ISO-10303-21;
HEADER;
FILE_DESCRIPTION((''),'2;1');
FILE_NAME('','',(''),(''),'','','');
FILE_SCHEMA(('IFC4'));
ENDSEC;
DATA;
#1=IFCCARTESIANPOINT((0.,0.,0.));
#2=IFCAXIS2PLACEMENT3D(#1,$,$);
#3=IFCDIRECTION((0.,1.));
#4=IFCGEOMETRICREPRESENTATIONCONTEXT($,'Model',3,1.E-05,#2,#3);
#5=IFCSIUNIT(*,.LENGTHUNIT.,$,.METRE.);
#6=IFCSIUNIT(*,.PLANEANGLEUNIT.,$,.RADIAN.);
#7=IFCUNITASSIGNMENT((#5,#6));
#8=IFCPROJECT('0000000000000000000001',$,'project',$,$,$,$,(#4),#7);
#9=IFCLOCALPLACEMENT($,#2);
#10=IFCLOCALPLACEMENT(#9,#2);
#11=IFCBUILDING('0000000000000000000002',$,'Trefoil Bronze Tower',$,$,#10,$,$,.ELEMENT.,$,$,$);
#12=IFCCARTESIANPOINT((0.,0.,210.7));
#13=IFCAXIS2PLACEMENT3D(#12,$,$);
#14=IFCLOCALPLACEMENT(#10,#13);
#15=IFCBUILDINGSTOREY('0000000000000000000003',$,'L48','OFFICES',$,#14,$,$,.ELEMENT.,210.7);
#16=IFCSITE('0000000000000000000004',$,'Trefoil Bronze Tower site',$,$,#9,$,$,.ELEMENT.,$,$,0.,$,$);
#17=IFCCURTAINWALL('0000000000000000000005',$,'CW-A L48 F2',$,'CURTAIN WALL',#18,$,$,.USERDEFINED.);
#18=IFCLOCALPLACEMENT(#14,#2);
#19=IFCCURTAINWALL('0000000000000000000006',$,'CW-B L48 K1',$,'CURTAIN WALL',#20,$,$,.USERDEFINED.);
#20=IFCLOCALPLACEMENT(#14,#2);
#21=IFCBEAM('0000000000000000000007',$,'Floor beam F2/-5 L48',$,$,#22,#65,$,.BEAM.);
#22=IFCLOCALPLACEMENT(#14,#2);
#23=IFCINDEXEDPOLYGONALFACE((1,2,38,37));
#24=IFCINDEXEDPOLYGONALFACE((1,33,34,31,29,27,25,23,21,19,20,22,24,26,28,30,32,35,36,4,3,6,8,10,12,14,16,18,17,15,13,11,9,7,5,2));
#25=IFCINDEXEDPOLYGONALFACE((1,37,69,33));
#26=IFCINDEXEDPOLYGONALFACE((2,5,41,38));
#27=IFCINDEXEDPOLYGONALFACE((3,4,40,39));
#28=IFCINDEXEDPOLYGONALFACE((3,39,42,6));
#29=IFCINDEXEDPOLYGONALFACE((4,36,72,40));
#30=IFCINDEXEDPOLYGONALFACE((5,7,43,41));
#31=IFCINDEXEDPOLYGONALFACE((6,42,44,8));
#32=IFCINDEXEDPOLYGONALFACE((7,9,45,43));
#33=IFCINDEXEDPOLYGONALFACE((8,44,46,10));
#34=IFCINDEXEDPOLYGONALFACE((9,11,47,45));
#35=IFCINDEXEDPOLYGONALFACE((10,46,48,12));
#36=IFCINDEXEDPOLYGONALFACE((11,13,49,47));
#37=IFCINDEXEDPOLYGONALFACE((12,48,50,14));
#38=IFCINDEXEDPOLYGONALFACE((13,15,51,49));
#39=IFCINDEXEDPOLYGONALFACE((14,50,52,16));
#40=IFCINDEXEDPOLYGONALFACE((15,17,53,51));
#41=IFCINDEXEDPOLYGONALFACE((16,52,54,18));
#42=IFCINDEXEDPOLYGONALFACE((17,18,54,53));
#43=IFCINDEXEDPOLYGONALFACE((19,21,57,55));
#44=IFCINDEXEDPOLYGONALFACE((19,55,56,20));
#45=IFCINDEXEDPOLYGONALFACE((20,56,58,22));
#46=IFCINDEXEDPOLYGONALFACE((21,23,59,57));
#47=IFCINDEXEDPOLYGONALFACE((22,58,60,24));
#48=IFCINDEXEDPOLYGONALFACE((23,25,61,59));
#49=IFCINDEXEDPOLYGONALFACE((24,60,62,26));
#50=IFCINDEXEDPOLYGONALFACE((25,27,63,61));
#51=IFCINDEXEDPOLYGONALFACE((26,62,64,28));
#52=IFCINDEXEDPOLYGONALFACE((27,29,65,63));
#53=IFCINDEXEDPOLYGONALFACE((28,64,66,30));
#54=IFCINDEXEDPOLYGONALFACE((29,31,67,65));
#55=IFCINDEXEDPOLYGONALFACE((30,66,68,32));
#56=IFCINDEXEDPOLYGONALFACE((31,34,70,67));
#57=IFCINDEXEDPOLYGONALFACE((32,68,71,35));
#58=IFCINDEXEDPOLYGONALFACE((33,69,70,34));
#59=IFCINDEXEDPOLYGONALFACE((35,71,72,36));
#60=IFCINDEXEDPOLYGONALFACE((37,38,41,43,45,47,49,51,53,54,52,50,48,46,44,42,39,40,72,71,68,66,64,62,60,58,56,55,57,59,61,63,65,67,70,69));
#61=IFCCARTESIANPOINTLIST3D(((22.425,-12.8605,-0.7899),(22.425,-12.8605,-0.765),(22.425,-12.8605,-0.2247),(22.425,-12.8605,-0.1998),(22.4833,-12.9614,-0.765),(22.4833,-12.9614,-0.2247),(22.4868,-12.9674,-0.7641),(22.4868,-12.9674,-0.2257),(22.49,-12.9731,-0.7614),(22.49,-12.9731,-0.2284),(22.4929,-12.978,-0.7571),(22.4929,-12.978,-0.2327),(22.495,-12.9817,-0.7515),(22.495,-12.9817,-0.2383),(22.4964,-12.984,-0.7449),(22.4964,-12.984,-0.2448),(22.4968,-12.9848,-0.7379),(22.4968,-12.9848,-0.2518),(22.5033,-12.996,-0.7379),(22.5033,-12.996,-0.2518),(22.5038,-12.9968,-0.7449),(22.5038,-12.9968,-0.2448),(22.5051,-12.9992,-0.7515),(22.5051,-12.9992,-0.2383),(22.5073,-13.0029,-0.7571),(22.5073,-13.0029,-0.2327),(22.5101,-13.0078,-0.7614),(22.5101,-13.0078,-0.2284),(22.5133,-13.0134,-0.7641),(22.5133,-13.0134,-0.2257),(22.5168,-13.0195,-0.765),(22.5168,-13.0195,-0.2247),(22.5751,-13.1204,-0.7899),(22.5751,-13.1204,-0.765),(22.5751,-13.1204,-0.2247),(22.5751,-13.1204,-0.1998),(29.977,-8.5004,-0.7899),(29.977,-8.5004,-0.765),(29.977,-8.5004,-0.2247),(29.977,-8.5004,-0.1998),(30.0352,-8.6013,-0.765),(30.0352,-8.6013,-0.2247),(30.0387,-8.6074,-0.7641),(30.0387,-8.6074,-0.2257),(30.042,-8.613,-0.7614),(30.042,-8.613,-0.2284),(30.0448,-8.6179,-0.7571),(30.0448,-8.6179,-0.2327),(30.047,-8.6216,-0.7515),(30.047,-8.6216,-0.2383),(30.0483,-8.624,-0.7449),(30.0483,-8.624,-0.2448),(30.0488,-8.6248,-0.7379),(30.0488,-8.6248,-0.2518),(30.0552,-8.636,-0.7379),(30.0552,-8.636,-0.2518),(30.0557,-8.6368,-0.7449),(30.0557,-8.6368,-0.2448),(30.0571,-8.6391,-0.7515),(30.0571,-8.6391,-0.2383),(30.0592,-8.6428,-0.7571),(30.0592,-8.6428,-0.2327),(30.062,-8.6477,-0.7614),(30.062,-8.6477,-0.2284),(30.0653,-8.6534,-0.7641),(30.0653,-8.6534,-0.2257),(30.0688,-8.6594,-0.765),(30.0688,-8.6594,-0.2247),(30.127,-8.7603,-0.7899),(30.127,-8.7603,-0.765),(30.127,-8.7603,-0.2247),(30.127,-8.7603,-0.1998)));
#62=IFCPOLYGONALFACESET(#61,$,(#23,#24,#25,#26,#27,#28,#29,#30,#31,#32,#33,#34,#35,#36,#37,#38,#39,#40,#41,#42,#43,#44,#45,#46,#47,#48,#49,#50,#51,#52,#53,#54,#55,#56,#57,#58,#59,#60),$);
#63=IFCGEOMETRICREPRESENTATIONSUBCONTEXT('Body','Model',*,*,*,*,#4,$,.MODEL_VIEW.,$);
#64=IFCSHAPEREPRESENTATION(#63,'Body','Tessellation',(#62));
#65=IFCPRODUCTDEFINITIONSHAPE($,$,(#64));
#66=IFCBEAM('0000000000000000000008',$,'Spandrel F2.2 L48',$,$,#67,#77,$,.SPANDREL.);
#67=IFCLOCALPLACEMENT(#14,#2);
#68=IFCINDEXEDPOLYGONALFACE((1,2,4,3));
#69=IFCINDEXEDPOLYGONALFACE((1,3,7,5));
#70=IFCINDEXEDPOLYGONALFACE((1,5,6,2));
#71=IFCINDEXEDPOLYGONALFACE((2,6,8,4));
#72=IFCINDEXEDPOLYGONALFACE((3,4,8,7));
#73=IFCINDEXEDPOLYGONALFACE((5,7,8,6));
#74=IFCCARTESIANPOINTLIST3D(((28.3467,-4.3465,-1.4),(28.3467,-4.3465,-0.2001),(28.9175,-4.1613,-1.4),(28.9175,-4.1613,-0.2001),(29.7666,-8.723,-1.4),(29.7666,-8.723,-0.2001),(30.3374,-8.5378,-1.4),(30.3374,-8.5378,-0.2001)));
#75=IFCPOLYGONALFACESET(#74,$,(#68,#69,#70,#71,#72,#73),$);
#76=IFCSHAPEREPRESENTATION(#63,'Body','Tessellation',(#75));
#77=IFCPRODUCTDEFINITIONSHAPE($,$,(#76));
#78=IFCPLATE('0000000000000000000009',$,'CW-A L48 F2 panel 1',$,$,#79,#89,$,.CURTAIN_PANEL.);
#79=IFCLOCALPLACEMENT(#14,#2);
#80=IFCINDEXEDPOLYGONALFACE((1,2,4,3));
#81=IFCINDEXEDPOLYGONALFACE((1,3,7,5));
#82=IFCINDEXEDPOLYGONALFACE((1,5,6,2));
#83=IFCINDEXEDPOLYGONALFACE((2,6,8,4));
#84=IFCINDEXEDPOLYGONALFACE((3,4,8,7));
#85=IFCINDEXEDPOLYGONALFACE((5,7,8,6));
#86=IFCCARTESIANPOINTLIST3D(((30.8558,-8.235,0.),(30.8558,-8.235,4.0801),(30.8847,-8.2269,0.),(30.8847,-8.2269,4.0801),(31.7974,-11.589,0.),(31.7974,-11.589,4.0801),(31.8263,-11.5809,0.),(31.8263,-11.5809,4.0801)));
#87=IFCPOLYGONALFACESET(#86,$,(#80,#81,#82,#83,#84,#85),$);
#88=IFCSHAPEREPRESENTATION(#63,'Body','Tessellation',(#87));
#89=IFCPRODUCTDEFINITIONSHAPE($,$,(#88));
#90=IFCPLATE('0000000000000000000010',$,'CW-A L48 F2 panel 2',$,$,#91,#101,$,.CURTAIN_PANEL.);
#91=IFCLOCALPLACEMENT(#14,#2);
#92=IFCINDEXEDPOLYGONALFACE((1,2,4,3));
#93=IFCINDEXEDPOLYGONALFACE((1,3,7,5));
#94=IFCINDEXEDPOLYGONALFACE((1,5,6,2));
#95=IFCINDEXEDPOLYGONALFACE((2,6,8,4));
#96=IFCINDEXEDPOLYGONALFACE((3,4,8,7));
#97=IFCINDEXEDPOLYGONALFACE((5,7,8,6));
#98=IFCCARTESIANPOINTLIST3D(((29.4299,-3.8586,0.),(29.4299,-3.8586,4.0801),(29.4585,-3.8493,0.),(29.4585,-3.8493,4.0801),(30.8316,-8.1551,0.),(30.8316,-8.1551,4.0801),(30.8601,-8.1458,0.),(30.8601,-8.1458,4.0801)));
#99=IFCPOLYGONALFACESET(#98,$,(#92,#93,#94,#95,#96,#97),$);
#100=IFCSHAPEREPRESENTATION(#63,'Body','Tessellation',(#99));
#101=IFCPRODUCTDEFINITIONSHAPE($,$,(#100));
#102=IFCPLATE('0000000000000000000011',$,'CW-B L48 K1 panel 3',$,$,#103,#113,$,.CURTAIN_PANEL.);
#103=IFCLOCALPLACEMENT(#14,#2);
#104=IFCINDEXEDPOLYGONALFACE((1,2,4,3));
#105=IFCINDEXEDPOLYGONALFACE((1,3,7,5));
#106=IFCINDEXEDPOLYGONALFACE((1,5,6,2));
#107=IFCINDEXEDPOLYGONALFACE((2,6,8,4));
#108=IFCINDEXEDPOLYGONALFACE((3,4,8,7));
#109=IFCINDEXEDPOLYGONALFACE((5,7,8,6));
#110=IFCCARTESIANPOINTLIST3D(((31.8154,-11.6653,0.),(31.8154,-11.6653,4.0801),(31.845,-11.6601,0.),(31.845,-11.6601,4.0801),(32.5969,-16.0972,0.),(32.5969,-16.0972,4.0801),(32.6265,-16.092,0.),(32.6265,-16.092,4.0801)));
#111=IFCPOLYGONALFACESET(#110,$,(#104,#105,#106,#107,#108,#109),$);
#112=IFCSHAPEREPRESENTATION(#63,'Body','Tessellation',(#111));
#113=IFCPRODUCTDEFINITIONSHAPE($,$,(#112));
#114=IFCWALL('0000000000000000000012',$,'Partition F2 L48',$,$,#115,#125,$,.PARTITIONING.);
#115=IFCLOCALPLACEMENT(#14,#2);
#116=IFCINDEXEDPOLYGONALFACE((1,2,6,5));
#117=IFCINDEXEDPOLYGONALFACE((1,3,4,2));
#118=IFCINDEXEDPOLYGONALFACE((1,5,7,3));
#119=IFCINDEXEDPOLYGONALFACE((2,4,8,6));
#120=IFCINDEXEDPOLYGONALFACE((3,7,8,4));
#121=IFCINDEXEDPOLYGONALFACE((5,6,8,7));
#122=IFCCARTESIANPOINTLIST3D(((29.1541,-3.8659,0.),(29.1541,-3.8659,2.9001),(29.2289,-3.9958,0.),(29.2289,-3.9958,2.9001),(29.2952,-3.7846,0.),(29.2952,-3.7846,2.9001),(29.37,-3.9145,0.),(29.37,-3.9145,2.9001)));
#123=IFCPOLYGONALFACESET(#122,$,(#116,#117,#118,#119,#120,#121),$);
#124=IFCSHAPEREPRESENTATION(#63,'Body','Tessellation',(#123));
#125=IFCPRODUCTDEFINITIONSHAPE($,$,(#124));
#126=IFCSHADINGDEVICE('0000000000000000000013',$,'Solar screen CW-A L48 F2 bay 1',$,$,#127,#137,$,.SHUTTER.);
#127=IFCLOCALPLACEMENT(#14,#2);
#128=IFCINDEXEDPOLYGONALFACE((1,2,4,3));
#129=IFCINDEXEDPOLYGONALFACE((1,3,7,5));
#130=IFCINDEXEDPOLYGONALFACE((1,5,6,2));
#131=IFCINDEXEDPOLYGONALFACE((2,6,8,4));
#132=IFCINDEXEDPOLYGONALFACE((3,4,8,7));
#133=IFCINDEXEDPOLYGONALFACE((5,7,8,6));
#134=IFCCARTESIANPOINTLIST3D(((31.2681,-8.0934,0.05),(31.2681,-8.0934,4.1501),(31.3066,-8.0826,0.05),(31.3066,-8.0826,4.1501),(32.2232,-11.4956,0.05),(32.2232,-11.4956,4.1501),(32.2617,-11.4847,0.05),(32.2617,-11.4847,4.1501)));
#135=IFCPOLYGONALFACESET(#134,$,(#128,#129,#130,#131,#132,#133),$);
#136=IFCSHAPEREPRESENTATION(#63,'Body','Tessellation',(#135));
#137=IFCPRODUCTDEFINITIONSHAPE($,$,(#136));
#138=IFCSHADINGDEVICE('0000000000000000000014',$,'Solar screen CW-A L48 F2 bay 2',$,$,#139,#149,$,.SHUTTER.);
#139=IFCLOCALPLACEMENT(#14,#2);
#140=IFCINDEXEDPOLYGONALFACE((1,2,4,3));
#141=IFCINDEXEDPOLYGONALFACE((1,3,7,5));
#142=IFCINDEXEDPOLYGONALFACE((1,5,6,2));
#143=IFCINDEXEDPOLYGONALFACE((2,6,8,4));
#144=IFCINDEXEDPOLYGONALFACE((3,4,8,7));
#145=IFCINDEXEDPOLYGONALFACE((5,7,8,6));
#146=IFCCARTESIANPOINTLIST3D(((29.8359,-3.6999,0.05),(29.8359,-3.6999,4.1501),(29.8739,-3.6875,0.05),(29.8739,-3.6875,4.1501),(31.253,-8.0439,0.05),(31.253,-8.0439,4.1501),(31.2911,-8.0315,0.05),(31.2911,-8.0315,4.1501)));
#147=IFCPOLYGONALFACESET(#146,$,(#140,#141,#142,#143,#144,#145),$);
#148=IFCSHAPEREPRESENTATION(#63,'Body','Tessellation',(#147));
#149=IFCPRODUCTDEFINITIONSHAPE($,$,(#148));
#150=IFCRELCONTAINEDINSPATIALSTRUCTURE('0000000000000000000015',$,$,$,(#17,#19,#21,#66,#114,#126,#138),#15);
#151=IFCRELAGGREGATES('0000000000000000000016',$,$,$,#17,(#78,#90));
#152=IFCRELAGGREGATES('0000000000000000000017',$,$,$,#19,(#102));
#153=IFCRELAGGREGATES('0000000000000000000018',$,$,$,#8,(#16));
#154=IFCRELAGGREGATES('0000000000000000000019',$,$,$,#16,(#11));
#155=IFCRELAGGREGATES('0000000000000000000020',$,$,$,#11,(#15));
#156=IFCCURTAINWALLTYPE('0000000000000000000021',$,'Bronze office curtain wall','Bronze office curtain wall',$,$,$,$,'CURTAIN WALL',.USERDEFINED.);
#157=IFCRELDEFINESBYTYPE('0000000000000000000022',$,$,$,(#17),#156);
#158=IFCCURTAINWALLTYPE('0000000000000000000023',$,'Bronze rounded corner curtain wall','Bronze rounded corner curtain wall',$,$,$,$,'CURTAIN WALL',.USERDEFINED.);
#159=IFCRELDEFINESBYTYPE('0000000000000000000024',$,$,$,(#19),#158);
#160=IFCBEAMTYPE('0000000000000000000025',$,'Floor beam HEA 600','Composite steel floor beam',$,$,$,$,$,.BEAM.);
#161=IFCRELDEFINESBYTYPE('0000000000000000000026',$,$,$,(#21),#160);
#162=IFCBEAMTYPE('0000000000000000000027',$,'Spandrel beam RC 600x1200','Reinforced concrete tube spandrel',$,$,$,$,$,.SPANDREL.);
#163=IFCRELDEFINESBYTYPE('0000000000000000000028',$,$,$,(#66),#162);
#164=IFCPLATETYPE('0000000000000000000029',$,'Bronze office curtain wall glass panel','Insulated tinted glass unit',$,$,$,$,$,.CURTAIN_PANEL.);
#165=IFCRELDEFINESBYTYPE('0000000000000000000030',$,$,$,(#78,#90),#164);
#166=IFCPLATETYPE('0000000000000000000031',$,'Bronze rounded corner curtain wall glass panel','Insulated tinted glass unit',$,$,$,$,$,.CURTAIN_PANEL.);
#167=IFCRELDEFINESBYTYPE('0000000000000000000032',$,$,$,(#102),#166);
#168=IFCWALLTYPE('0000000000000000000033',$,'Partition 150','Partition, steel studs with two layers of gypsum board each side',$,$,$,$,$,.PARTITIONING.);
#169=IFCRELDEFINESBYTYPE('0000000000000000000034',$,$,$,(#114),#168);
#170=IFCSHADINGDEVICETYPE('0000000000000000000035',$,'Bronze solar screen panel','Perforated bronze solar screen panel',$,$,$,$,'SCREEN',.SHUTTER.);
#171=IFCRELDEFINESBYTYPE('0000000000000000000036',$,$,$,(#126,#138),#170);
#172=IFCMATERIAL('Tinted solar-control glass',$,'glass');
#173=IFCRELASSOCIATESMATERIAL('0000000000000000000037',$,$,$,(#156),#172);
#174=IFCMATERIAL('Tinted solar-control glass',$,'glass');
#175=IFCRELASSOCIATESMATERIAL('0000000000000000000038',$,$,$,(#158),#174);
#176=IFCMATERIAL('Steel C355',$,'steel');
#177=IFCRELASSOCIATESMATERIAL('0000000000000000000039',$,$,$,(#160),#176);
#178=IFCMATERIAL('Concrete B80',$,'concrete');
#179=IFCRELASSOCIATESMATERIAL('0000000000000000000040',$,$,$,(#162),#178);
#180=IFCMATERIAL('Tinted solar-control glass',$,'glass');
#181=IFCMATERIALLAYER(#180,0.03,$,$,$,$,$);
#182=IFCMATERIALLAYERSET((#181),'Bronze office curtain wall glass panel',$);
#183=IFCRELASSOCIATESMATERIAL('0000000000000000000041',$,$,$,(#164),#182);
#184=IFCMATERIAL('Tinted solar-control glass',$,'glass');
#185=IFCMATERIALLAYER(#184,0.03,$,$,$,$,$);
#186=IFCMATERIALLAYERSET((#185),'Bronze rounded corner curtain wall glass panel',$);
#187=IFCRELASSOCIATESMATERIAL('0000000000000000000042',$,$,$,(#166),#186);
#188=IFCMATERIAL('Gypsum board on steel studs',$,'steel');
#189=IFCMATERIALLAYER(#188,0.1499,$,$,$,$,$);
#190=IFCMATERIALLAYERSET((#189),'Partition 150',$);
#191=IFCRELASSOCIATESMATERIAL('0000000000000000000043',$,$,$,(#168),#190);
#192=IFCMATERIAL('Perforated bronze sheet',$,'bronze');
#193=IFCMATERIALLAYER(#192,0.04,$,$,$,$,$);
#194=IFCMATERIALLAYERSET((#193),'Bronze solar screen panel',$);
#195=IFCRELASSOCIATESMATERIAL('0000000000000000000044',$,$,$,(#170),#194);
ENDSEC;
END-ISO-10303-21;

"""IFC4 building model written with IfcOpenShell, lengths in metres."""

from ifc_helpers import new_model, si_unit, direction, frame, frame_2d, origin, origin_2d, place, context, subcontext, project, spatial, rectangle, i_section, extrude, material, layer, layer_set, material_profile, profile_set, type_object, element, aggregate, save


model = new_model("IFC4")

# Units and contexts
model_context = context("Model", 3, precision=1e-05, world=origin(), true_north=direction((0.0, 1.0)))
body_context = subcontext(model_context, "Body", "Model", "MODEL_VIEW")
ifc_project = project(units=[si_unit("LENGTHUNIT", "METRE"), si_unit("PLANEANGLEUNIT", "RADIAN")], contexts=[model_context])

# Site, building, storey
site_placement = place(None, origin())
site = spatial("IfcSite", under=ifc_project, at=site_placement, Name="Trefoil Bronze Tower site", CompositionType="ELEMENT", RefElevation=0.0)
building_placement = place(site_placement, origin())
building = spatial("IfcBuilding", under=site, at=building_placement, Name="Trefoil Bronze Tower", CompositionType="ELEMENT")
storey_placement = place(building_placement, frame((0.0, 0.0, 210.7)))
storey = spatial("IfcBuildingStorey", under=building, at=storey_placement, Name="L48", Description="OFFICES", CompositionType="ELEMENT", Elevation=210.7)

# Curtain wall
ifc_material_1 = material(Name="Tinted solar-control glass", Category="glass")
curtain_wall_type_1 = type_object("IfcCurtainWallType", Name="Bronze office curtain wall", Description="Bronze office curtain wall", ElementType="CURTAIN WALL", PredefinedType="USERDEFINED", material=ifc_material_1)
curtain_wall_1_placement = place(storey_placement, origin())
curtain_wall_1 = element("IfcCurtainWall", 1, at=curtain_wall_1_placement, inside=storey, type_object=curtain_wall_type_1, Name="CW-A L48 F2", ObjectType="CURTAIN WALL", PredefinedType="USERDEFINED")

# Curtain wall
ifc_material_2 = material(Name="Tinted solar-control glass", Category="glass")
curtain_wall_type_2 = type_object("IfcCurtainWallType", Name="Bronze rounded corner curtain wall", Description="Bronze rounded corner curtain wall", ElementType="CURTAIN WALL", PredefinedType="USERDEFINED", material=ifc_material_2)
curtain_wall_2_placement = place(storey_placement, origin())
curtain_wall_2 = element("IfcCurtainWall", 2, at=curtain_wall_2_placement, inside=storey, type_object=curtain_wall_type_2, Name="CW-B L48 K1", ObjectType="CURTAIN WALL", PredefinedType="USERDEFINED")

# Beams
ifc_material_3 = material(Name="Steel C355", Category="steel")
ifc_material_profile_1 = material_profile(ifc_material_3, i_section(OverallWidth=0.3, OverallDepth=0.5901, WebThickness=0.0129, FlangeThickness=0.0249, FilletRadius=0.0271, at=origin_2d()), Name="HEA 600")
ifc_profile_set_1 = profile_set([ifc_material_profile_1], Name="Steel C355")
beam_type_1 = type_object("IfcBeamType", Name="Floor beam HEA 600", Description="Composite steel floor beam", PredefinedType="BEAM", material=ifc_profile_set_1)
beam_1_placement = place(storey_placement, frame((30.052, -8.6304, -0.4949), z_axis=(-0.866028, -0.499996, 0.0), x_axis=(0.499996, -0.866028, 0.0)))
element("IfcBeam", 3, at=beam_1_placement, inside=storey, type_object=beam_type_1, Name="Floor beam F2/-5 L48", PredefinedType="BEAM", context=body_context, shape_type="SweptSolid", body=[
    extrude(i_section(OverallWidth=0.3, OverallDepth=0.5901, WebThickness=0.0129, FlangeThickness=0.0249, FilletRadius=0.0271, at=origin_2d()), origin(), (0.0, 0.0, 1.0), 8.7202),
])
ifc_material_4 = material(Name="Concrete B80", Category="concrete")
ifc_material_profile_2 = material_profile(ifc_material_4, rectangle(XDim=0.6001, YDim=1.2, at=origin_2d()), Name="RC 600x1200")
ifc_profile_set_2 = profile_set([ifc_material_profile_2], Name="Concrete B80")
beam_type_2 = type_object("IfcBeamType", Name="Spandrel beam RC 600x1200", Description="Reinforced concrete tube spandrel", PredefinedType="SPANDREL", material=ifc_profile_set_2)
beam_2_placement = place(storey_placement, frame((30.052, -8.6304, -0.8), z_axis=(-0.308609, 0.951189, 0.0), x_axis=(-0.951189, -0.308609, 0.0)))
element("IfcBeam", 4, at=beam_2_placement, inside=storey, type_object=beam_type_2, Name="Spandrel F2.2 L48", PredefinedType="SPANDREL", context=body_context, shape_type="SweptSolid", body=[
    extrude(rectangle(XDim=0.6001, YDim=1.2, at=origin_2d()), origin(), (0.0, 0.0, 1.0), 4.6011),
])

# Plates
ifc_material_5 = material(Name="Tinted solar-control glass", Category="glass")
ifc_layer_1 = layer(ifc_material_5, 0.03)
ifc_layer_set_1 = layer_set([ifc_layer_1], Name="Bronze office curtain wall glass panel")
plate_type_1 = type_object("IfcPlateType", Name="Bronze office curtain wall glass panel", Description="Insulated tinted glass unit", PredefinedType="CURTAIN_PANEL", material=ifc_layer_set_1)
plate_1_placement = place(storey_placement, frame((31.3411, -9.908, 0.0), z_axis=(0.0, 0.0, 1.0), x_axis=(-0.270282, 0.962781, 0.0)))
plate_1 = element("IfcPlate", 5, at=plate_1_placement, type_object=plate_type_1, Name="CW-A L48 F2 panel 1", PredefinedType="CURTAIN_PANEL", context=body_context, shape_type="SweptSolid", body=[
    extrude(rectangle(XDim=3.4836, YDim=0.03, at=origin_2d()), origin(), (0.0, 0.0, 1.0), 4.0801),
])
plate_2_placement = place(storey_placement, frame((30.145, -6.0022, 0.0), z_axis=(0.0, 0.0, 1.0), x_axis=(-0.310149, 0.950688, 0.0)))
plate_2 = element("IfcPlate", 6, at=plate_2_placement, type_object=plate_type_1, Name="CW-A L48 F2 panel 2", PredefinedType="CURTAIN_PANEL", context=body_context, shape_type="SweptSolid", body=[
    extrude(rectangle(XDim=4.5193, YDim=0.03, at=origin_2d()), origin(), (0.0, 0.0, 1.0), 4.0801),
])
aggregate(curtain_wall_1, [plate_1, plate_2])
ifc_material_6 = material(Name="Tinted solar-control glass", Category="glass")
ifc_layer_2 = layer(ifc_material_6, 0.03)
ifc_layer_set_2 = layer_set([ifc_layer_2], Name="Bronze rounded corner curtain wall glass panel")
plate_type_2 = type_object("IfcPlateType", Name="Bronze rounded corner curtain wall glass panel", Description="Insulated tinted glass unit", PredefinedType="CURTAIN_PANEL", material=ifc_layer_set_2)
plate_3_placement = place(storey_placement, frame((32.2209, -13.8787, 0.0), z_axis=(0.0, 0.0, 1.0), x_axis=(-0.173648, 0.984808, 0.0)))
plate_3 = element("IfcPlate", 7, at=plate_3_placement, type_object=plate_type_2, Name="CW-B L48 K1 panel 3", PredefinedType="CURTAIN_PANEL", context=body_context, shape_type="SweptSolid", body=[
    extrude(rectangle(XDim=4.5002, YDim=0.03, at=origin_2d()), origin(), (0.0, 0.0, 1.0), 4.0801),
])
aggregate(curtain_wall_2, [plate_3])

# Wall
ifc_material_7 = material(Name="Gypsum board on steel studs", Category="steel")
ifc_layer_3 = layer(ifc_material_7, 0.1499)
ifc_layer_set_3 = layer_set([ifc_layer_3], Name="Partition 150")
wall_type = type_object("IfcWallType", Name="Partition 150", Description="Partition, steel studs with two layers of gypsum board each side", PredefinedType="PARTITIONING", material=ifc_layer_set_3)
wall_placement = place(storey_placement, frame((29.1914, -3.9309, 0.0), z_axis=(0.0, 0.0, 1.0), x_axis=(0.866485, 0.499203, 0.0)))
element("IfcWall", 8, at=wall_placement, inside=storey, type_object=wall_type, Name="Partition F2 L48", PredefinedType="PARTITIONING", context=body_context, shape_type="SweptSolid", body=[
    extrude(rectangle(XDim=0.1628, YDim=0.1499, at=frame_2d((0.0815, 0.0))), origin(), (0.0, 0.0, 1.0), 2.9001),
])

# Shading devices
ifc_material_8 = material(Name="Perforated bronze sheet", Category="bronze")
ifc_layer_4 = layer(ifc_material_8, 0.04)
ifc_layer_set_4 = layer_set([ifc_layer_4], Name="Bronze solar screen panel")
shading_device_type = type_object("IfcShadingDeviceType", Name="Bronze solar screen panel", Description="Perforated bronze solar screen panel", ElementType="SCREEN", PredefinedType="SHUTTER", material=ifc_layer_set_4)
shading_device_1_placement = place(storey_placement, frame((31.7649, -9.7891, 0.05), z_axis=(0.0, 0.0, 1.0), x_axis=(-0.270282, 0.962781, 0.0)))
element("IfcShadingDevice", 9, at=shading_device_1_placement, inside=storey, type_object=shading_device_type, Name="Solar screen CW-A L48 F2 bay 1", PredefinedType="SHUTTER", context=body_context, shape_type="SweptSolid", body=[
    extrude(rectangle(XDim=3.5337, YDim=0.04, at=origin_2d()), origin(), (0.0, 0.0, 1.0), 4.1001),
])
shading_device_2_placement = place(storey_placement, frame((30.5635, -5.8657, 0.05), z_axis=(0.0, 0.0, 1.0), x_axis=(-0.310149, 0.950688, 0.0)))
element("IfcShadingDevice", 10, at=shading_device_2_placement, inside=storey, type_object=shading_device_type, Name="Solar screen CW-A L48 F2 bay 2", PredefinedType="SHUTTER", context=body_context, shape_type="SweptSolid", body=[
    extrude(rectangle(XDim=4.5693, YDim=0.04, at=origin_2d()), origin(), (0.0, 0.0, 1.0), 4.1001),
])

save(model, "model.ifc")
